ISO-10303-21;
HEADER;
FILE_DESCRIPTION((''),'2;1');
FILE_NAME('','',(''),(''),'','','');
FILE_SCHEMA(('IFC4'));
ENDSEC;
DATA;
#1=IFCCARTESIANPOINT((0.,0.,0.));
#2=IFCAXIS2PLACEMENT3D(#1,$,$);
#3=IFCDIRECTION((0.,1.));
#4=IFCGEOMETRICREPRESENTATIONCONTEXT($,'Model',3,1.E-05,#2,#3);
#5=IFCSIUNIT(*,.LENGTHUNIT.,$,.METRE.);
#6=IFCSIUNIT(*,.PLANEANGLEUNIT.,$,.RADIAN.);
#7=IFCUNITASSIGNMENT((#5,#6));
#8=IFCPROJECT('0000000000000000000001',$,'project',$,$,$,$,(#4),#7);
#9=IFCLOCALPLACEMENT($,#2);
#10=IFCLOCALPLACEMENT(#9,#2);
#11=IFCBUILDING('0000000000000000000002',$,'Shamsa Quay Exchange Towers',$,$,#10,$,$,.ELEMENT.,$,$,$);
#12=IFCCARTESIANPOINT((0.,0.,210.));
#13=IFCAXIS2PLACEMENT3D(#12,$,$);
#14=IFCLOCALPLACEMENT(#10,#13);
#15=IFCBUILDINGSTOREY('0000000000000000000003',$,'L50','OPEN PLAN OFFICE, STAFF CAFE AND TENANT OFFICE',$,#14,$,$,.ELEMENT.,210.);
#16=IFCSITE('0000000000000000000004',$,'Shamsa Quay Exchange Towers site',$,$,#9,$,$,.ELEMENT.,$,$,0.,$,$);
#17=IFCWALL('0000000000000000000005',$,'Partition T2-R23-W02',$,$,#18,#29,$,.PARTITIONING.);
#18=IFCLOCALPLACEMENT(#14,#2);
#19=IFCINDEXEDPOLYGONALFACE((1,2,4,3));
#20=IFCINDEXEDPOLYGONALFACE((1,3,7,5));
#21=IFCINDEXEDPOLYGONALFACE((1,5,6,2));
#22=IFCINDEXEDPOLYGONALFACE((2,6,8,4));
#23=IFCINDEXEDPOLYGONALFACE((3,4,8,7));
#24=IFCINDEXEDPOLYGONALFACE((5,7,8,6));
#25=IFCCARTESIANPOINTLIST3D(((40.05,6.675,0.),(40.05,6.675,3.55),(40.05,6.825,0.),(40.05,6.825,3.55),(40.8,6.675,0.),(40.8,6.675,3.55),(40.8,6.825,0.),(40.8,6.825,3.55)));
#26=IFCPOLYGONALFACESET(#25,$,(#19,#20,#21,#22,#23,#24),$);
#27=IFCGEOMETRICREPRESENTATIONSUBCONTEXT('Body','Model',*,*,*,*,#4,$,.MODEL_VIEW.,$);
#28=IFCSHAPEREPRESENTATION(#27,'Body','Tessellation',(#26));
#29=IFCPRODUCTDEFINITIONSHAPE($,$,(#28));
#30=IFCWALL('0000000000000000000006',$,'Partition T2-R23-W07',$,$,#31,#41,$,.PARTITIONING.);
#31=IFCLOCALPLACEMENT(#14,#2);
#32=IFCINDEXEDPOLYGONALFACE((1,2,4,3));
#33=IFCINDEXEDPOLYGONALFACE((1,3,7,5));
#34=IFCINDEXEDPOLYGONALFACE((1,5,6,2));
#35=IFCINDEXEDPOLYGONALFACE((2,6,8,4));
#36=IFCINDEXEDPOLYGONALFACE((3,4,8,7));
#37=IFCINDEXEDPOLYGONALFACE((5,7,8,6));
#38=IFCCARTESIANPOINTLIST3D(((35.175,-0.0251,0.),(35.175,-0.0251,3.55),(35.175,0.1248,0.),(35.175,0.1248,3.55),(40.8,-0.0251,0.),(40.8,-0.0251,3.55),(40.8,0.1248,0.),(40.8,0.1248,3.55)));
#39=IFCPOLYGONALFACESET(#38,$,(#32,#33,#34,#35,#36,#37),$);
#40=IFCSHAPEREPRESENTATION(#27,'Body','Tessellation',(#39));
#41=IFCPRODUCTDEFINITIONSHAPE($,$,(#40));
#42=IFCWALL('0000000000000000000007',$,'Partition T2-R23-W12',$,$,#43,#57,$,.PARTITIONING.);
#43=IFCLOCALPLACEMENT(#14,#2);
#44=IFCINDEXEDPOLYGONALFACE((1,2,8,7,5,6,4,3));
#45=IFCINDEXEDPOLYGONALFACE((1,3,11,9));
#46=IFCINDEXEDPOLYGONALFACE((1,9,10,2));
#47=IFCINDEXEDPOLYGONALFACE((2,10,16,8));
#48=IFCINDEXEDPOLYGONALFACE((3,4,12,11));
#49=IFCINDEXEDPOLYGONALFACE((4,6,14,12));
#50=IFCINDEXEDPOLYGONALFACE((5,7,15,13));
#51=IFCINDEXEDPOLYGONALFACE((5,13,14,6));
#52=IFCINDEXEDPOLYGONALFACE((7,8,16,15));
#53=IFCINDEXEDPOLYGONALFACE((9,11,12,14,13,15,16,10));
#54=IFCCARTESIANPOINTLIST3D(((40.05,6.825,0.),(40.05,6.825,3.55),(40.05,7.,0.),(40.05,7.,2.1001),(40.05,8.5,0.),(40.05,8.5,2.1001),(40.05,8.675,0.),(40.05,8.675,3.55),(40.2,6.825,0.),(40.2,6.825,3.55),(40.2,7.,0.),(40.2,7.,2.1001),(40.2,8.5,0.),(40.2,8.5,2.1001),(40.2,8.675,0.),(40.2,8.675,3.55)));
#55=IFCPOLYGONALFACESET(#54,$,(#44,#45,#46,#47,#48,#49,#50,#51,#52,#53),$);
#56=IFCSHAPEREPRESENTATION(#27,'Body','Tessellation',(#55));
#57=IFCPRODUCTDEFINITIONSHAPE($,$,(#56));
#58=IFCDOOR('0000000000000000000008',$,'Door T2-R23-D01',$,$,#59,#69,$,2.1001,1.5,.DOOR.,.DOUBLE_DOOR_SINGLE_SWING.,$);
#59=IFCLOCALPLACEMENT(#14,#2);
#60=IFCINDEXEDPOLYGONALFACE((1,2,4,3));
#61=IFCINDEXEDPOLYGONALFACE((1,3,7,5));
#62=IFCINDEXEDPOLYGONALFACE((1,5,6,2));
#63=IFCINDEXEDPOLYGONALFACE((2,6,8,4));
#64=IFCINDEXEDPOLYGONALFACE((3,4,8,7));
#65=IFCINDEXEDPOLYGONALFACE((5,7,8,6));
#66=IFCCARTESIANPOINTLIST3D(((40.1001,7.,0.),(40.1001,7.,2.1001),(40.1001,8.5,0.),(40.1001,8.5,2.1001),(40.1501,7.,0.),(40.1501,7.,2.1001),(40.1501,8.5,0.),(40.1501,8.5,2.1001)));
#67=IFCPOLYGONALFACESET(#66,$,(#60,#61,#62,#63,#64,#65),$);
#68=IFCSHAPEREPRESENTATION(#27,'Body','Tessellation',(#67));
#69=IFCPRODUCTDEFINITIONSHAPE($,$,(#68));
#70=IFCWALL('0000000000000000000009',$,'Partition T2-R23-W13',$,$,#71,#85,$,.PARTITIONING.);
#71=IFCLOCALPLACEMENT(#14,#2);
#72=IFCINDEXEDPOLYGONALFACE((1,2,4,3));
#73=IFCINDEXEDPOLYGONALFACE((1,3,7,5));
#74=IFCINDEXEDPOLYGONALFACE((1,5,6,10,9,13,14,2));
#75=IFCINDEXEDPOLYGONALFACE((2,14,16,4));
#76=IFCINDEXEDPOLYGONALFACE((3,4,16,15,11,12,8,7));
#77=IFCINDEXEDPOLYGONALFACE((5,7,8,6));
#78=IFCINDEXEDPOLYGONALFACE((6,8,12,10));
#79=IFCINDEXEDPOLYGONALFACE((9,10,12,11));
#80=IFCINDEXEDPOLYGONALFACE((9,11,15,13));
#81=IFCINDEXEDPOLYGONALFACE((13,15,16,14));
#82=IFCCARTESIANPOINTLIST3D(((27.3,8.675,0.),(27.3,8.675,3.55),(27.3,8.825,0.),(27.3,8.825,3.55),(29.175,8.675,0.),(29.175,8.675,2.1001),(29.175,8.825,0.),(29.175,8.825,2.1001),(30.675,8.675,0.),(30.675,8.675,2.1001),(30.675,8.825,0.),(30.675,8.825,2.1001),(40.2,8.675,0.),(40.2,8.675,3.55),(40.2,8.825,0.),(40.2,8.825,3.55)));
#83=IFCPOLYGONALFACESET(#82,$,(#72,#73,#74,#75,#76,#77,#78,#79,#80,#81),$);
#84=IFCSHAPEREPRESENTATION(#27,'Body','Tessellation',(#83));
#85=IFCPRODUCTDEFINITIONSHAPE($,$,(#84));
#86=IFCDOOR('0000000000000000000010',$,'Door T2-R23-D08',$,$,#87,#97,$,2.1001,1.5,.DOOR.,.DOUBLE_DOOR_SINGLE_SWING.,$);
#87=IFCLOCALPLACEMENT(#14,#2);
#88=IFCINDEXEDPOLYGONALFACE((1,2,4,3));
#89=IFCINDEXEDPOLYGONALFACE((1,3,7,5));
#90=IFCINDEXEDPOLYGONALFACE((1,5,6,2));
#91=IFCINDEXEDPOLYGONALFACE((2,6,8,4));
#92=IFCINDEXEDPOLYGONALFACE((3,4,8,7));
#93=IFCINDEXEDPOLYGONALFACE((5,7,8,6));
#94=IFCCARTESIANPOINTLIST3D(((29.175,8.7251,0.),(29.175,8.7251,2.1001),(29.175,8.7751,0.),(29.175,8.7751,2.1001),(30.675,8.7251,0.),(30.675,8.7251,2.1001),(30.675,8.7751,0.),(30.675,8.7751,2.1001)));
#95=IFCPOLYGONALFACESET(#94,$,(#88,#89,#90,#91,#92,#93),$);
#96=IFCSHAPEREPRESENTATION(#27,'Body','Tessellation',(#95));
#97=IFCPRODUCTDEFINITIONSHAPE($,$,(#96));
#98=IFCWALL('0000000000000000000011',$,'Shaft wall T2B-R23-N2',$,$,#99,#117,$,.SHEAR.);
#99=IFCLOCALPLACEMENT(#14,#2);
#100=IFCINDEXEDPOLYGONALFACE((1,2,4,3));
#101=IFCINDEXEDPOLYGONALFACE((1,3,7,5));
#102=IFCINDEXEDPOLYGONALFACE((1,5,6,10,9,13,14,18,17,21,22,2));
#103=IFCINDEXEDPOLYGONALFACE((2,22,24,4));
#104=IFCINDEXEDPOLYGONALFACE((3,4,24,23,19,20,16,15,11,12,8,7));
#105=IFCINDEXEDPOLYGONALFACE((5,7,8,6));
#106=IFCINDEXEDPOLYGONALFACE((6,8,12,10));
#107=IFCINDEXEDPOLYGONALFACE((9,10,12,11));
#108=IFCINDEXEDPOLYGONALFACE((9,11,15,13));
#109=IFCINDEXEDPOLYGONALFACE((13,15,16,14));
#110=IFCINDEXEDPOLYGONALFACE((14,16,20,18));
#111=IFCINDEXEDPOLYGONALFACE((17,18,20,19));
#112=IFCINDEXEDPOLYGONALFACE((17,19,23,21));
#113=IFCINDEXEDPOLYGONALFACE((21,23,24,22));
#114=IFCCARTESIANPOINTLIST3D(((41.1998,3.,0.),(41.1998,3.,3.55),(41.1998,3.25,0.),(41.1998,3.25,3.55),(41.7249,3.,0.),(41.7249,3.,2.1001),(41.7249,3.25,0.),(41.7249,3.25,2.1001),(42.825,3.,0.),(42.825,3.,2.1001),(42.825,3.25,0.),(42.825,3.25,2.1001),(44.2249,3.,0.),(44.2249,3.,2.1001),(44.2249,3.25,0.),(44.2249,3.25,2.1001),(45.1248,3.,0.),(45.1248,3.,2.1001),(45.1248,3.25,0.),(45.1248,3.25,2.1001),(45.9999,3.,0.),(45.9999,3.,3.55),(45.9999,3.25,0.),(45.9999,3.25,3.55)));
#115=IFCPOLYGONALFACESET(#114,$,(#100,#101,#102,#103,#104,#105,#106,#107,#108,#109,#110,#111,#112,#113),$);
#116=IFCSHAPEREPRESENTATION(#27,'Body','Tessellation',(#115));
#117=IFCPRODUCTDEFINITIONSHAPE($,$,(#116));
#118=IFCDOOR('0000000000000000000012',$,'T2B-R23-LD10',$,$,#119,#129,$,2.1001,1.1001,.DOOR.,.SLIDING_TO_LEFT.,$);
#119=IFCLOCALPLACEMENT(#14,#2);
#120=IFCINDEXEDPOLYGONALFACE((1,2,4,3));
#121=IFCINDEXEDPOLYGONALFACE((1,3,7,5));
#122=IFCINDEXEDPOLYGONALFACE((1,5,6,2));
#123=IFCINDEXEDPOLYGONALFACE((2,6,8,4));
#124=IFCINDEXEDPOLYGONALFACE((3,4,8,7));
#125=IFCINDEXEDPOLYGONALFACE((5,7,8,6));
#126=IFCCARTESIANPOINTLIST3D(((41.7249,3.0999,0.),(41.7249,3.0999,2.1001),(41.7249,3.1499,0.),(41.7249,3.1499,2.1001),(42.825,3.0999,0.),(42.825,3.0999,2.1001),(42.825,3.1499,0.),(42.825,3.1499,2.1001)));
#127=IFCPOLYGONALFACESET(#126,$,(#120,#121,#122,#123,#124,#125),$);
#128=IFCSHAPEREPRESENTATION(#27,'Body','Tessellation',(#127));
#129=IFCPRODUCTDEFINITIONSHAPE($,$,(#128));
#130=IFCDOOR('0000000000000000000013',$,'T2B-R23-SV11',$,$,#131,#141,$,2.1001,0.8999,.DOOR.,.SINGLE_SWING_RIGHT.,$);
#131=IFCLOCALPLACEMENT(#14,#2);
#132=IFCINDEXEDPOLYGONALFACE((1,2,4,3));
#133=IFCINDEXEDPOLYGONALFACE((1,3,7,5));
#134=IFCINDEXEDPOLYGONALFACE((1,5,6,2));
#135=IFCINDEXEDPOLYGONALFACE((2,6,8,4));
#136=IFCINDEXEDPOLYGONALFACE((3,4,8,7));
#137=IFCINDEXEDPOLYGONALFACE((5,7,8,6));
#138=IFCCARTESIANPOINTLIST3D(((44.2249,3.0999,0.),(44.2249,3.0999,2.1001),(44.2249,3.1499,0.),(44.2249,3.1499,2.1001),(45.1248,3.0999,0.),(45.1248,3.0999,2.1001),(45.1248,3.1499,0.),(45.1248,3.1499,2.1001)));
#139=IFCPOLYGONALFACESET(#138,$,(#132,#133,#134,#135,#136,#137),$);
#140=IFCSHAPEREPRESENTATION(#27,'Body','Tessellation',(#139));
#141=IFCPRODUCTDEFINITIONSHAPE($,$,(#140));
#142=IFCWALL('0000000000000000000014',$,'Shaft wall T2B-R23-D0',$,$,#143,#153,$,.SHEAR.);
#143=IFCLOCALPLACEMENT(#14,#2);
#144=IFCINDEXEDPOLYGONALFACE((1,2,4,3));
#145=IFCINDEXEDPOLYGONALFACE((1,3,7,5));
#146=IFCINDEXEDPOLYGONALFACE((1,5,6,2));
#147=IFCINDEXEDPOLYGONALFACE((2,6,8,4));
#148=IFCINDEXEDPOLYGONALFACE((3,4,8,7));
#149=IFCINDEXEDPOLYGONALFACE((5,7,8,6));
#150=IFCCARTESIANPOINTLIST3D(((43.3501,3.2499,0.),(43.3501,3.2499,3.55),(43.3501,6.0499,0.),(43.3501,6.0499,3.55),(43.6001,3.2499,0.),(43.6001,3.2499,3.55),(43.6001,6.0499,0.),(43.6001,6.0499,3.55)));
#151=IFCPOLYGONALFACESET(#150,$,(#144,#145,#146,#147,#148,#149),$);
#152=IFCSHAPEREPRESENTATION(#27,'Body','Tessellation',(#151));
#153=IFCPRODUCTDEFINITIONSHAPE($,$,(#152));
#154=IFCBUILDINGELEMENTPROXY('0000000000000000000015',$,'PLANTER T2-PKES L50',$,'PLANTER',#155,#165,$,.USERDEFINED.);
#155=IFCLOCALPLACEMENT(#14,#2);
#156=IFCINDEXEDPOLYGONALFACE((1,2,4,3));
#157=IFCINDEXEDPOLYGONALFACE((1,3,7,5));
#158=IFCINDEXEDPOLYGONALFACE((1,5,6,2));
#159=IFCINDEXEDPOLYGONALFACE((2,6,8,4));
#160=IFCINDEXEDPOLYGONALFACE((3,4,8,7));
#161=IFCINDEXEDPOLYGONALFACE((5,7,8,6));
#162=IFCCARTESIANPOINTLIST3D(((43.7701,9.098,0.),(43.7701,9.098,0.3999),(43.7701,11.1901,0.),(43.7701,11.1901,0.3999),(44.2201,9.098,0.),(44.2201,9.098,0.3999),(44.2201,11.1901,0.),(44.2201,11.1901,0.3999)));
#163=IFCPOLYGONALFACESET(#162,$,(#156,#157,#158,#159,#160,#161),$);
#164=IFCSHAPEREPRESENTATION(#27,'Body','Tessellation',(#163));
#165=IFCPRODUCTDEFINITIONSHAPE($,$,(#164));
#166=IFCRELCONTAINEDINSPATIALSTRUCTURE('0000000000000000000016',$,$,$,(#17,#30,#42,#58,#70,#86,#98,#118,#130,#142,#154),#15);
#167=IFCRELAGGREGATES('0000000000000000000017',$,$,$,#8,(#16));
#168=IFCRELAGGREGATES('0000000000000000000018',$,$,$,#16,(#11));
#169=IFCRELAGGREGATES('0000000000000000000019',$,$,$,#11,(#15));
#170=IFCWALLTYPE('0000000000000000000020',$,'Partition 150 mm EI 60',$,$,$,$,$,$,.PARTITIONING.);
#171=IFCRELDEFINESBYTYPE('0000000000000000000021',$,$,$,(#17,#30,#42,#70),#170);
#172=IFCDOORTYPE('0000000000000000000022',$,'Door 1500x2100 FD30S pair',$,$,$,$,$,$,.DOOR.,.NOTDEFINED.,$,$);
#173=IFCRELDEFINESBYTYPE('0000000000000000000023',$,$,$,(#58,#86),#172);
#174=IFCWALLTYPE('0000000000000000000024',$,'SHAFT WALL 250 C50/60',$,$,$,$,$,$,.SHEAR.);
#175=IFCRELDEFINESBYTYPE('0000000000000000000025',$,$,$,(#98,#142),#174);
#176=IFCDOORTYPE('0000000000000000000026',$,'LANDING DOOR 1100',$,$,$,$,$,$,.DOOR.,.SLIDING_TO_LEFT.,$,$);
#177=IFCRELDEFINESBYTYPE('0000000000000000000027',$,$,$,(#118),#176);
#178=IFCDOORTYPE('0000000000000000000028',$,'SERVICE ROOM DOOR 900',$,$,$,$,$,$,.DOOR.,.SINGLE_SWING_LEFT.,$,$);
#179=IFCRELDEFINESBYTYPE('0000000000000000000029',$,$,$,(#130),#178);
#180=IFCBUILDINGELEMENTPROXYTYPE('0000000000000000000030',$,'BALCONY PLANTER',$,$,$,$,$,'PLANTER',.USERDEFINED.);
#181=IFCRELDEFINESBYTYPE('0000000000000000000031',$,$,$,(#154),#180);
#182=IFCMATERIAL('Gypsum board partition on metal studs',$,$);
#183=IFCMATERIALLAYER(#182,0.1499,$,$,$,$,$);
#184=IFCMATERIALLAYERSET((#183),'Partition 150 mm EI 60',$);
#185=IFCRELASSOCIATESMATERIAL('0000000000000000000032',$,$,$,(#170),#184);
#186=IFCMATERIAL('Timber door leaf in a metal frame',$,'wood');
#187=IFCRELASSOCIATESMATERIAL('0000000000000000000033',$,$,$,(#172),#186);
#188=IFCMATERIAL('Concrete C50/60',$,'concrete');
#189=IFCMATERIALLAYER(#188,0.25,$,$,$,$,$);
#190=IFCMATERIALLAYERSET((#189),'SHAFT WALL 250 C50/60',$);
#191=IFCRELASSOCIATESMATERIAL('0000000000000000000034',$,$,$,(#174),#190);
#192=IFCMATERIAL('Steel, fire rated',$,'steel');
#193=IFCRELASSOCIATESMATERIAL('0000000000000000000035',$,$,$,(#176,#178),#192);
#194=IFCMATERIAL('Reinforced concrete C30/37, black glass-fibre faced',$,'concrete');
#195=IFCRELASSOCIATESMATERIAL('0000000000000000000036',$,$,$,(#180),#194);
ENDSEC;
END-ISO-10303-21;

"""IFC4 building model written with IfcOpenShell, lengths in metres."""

from ifc_helpers import new_model, si_unit, direction, frame, frame_2d, origin, origin_2d, place, context, subcontext, project, spatial, rectangle, extrude, material, layer, layer_set, type_object, element, fill, save


model = new_model("IFC4")

# Units and contexts
model_context = context("Model", 3, precision=1e-05, world=origin(), true_north=direction((0.0, 1.0)))
body_context = subcontext(model_context, "Body", "Model", "MODEL_VIEW")
ifc_project = project(units=[si_unit("LENGTHUNIT", "METRE"), si_unit("PLANEANGLEUNIT", "RADIAN")], contexts=[model_context])

# Site, building, storey
site_placement = place(None, origin())
site = spatial("IfcSite", under=ifc_project, at=site_placement, Name="Shamsa Quay Exchange Towers site", CompositionType="ELEMENT", RefElevation=0.0)
building_placement = place(site_placement, origin())
building = spatial("IfcBuilding", under=site, at=building_placement, Name="Shamsa Quay Exchange Towers", CompositionType="ELEMENT")
storey_placement = place(building_placement, frame((0.0, 0.0, 210.0)))
storey = spatial("IfcBuildingStorey", under=building, at=storey_placement, Name="L50", Description="OPEN PLAN OFFICE, STAFF CAFE AND TENANT OFFICE", CompositionType="ELEMENT", Elevation=210.0)

# Shared definitions
ifc_material_1 = material(Name="Gypsum board partition on metal studs")
ifc_material_2 = material(Name="Timber door leaf in a metal frame", Category="wood")

# Walls
ifc_layer_1 = layer(ifc_material_1, 0.1499)
ifc_layer_set_1 = layer_set([ifc_layer_1], Name="Partition 150 mm EI 60")
wall_type_1 = type_object("IfcWallType", Name="Partition 150 mm EI 60", PredefinedType="PARTITIONING", material=ifc_layer_set_1)
wall_1_placement = place(storey_placement, frame((40.8, 6.75, 0.0), z_axis=(0.0, 0.0, 1.0), x_axis=(-1.0, 0.0, 0.0)))
element("IfcWall", 1, at=wall_1_placement, inside=storey, type_object=wall_type_1, Name="Partition T2-R23-W02", PredefinedType="PARTITIONING", context=body_context, shape_type="SweptSolid", body=[
    extrude(rectangle(XDim=0.75, YDim=0.1499, at=frame_2d((0.375, 0.0))), origin(), (0.0, 0.0, 1.0), 3.55),
])
wall_2_placement = place(storey_placement, frame((40.8, 0.0498, 0.0), z_axis=(0.0, 0.0, 1.0), x_axis=(-1.0, 0.0, 0.0)))
element("IfcWall", 2, at=wall_2_placement, inside=storey, type_object=wall_type_1, Name="Partition T2-R23-W07", PredefinedType="PARTITIONING", context=body_context, shape_type="SweptSolid", body=[
    extrude(rectangle(XDim=5.625, YDim=0.1499, at=frame_2d((2.8125, 0.0))), origin(), (0.0, 0.0, 1.0), 3.55),
])

# Walls, openings, doors
wall_3_placement = place(storey_placement, frame((40.125, 6.825, 0.0), z_axis=(0.0, 0.0, 1.0), x_axis=(0.0, 1.0, 0.0)))
wall_3 = element("IfcWall", 3, at=wall_3_placement, inside=storey, type_object=wall_type_1, Name="Partition T2-R23-W12", PredefinedType="PARTITIONING", context=body_context, shape_type="SweptSolid", body=[
    extrude(rectangle(XDim=1.8501, YDim=0.1499, at=frame_2d((0.925, 0.0))), origin(), (0.0, 0.0, 1.0), 3.55),
])
opening_1_placement = place(wall_3_placement, frame((0.175, 0.0, 0.0)))
opening_1 = element("IfcOpeningElement", 4, at=opening_1_placement, cuts=wall_3, PredefinedType="OPENING", context=body_context, shape_type="SweptSolid", body=[
    extrude(rectangle(XDim=1.5, YDim=2.1001, at=frame_2d((0.75, 1.05))), frame((0.0, 0.085, 0.0), z_axis=(0.0, -1.0, 0.0), x_axis=(1.0, 0.0, 0.0)), (0.0, 0.0, 1.0), 0.1699),
])
door_type_1 = type_object("IfcDoorType", Name="Door 1500x2100 FD30S pair", OperationType="NOTDEFINED", PredefinedType="DOOR", material=ifc_material_2)
door_1_placement = place(opening_1_placement, origin())
door_1 = element("IfcDoor", 5, at=door_1_placement, inside=storey, type_object=door_type_1, Name="Door T2-R23-D01", OperationType="DOUBLE_DOOR_SINGLE_SWING", OverallHeight=2.1001, OverallWidth=1.5, PredefinedType="DOOR", context=body_context, shape_type="SweptSolid", body=[
    extrude(rectangle(XDim=1.5, YDim=2.1001, at=frame_2d((0.75, 1.05))), frame((0.0, 0.0249, 0.0), z_axis=(0.0, -1.0, 0.0), x_axis=(1.0, 0.0, 0.0)), (0.0, 0.0, 1.0), 0.05),
])
fill(opening_1, door_1)
wall_4_placement = place(storey_placement, frame((40.2, 8.75, 0.0), z_axis=(0.0, 0.0, 1.0), x_axis=(-1.0, 0.0, 0.0)))
wall_4 = element("IfcWall", 6, at=wall_4_placement, inside=storey, type_object=wall_type_1, Name="Partition T2-R23-W13", PredefinedType="PARTITIONING", context=body_context, shape_type="SweptSolid", body=[
    extrude(rectangle(XDim=12.8999, YDim=0.1499, at=frame_2d((6.45, 0.0))), origin(), (0.0, 0.0, 1.0), 3.55),
])
opening_2_placement = place(wall_4_placement, frame((9.5249, 0.0, 0.0)))
opening_2 = element("IfcOpeningElement", 7, at=opening_2_placement, cuts=wall_4, PredefinedType="OPENING", context=body_context, shape_type="SweptSolid", body=[
    extrude(rectangle(XDim=1.5, YDim=2.1001, at=frame_2d((0.75, 1.05))), frame((0.0, 0.085, 0.0), z_axis=(0.0, -1.0, 0.0), x_axis=(1.0, 0.0, 0.0)), (0.0, 0.0, 1.0), 0.1699),
])
door_2_placement = place(opening_2_placement, origin())
door_2 = element("IfcDoor", 8, at=door_2_placement, inside=storey, type_object=door_type_1, Name="Door T2-R23-D08", OperationType="DOUBLE_DOOR_SINGLE_SWING", OverallHeight=2.1001, OverallWidth=1.5, PredefinedType="DOOR", context=body_context, shape_type="SweptSolid", body=[
    extrude(rectangle(XDim=1.5, YDim=2.1001, at=frame_2d((0.75, 1.05))), frame((0.0, 0.0249, 0.0), z_axis=(0.0, -1.0, 0.0), x_axis=(1.0, 0.0, 0.0)), (0.0, 0.0, 1.0), 0.05),
])
fill(opening_2, door_2)

# Wall, openings, doors
ifc_material_3 = material(Name="Concrete C50/60", Category="concrete")
ifc_layer_2 = layer(ifc_material_3, 0.25)
ifc_layer_set_2 = layer_set([ifc_layer_2], Name="SHAFT WALL 250 C50/60")
wall_type_2 = type_object("IfcWallType", Name="SHAFT WALL 250 C50/60", PredefinedType="SHEAR", material=ifc_layer_set_2)
wall_5_placement = place(storey_placement, frame((41.2, 3.125, 0.0)))
wall_5 = element("IfcWall", 9, at=wall_5_placement, inside=storey, type_object=wall_type_2, Name="Shaft wall T2B-R23-N2", PredefinedType="SHEAR", context=body_context, shape_type="SweptSolid", body=[
    extrude(rectangle(XDim=4.8, YDim=0.25, at=frame_2d((2.3999, 0.0))), origin(), (0.0, 0.0, 1.0), 3.55),
])
opening_3_placement = place(wall_5_placement, frame((0.5249, 0.0, 0.0)))
opening_3 = element("IfcOpeningElement", 10, at=opening_3_placement, cuts=wall_5, PredefinedType="OPENING", context=body_context, shape_type="SweptSolid", body=[
    extrude(rectangle(XDim=1.1001, YDim=2.1001, at=frame_2d((0.55, 1.05))), frame((0.0, 0.135, 0.0), z_axis=(0.0, -1.0, 0.0), x_axis=(1.0, 0.0, 0.0)), (0.0, 0.0, 1.0), 0.27),
])
opening_4_placement = place(wall_5_placement, frame((3.0249, 0.0, 0.0)))
opening_4 = element("IfcOpeningElement", 11, at=opening_4_placement, cuts=wall_5, PredefinedType="OPENING", context=body_context, shape_type="SweptSolid", body=[
    extrude(rectangle(XDim=0.8999, YDim=2.1001, at=frame_2d((0.45, 1.05))), frame((0.0, 0.135, 0.0), z_axis=(0.0, -1.0, 0.0), x_axis=(1.0, 0.0, 0.0)), (0.0, 0.0, 1.0), 0.27),
])
ifc_material_4 = material(Name="Steel, fire rated", Category="steel")
door_type_2 = type_object("IfcDoorType", Name="LANDING DOOR 1100", OperationType="SLIDING_TO_LEFT", PredefinedType="DOOR", material=ifc_material_4)
door_3_placement = place(opening_3_placement, origin())
door_3 = element("IfcDoor", 12, at=door_3_placement, inside=storey, type_object=door_type_2, Name="T2B-R23-LD10", OperationType="SLIDING_TO_LEFT", OverallHeight=2.1001, OverallWidth=1.1001, PredefinedType="DOOR", context=body_context, shape_type="SweptSolid", body=[
    extrude(rectangle(XDim=1.1001, YDim=2.1001, at=frame_2d((0.55, 1.05))), frame((0.0, 0.0249, 0.0), z_axis=(0.0, -1.0, 0.0), x_axis=(1.0, 0.0, 0.0)), (0.0, 0.0, 1.0), 0.05),
])
fill(opening_3, door_3)
door_type_3 = type_object("IfcDoorType", Name="SERVICE ROOM DOOR 900", OperationType="SINGLE_SWING_LEFT", PredefinedType="DOOR", material=ifc_material_4)
door_4_placement = place(opening_4_placement, origin())
door_4 = element("IfcDoor", 13, at=door_4_placement, inside=storey, type_object=door_type_3, Name="T2B-R23-SV11", OperationType="SINGLE_SWING_RIGHT", OverallHeight=2.1001, OverallWidth=0.8999, PredefinedType="DOOR", context=body_context, shape_type="SweptSolid", body=[
    extrude(rectangle(XDim=0.8999, YDim=2.1001, at=frame_2d((0.45, 1.05))), frame((0.0, 0.0249, 0.0), z_axis=(0.0, -1.0, 0.0), x_axis=(1.0, 0.0, 0.0)), (0.0, 0.0, 1.0), 0.05),
])
fill(opening_4, door_4)

# Wall
wall_6_placement = place(storey_placement, frame((43.4751, 3.25, 0.0), z_axis=(0.0, 0.0, 1.0), x_axis=(0.0, 1.0, 0.0)))
element("IfcWall", 14, at=wall_6_placement, inside=storey, type_object=wall_type_2, Name="Shaft wall T2B-R23-D0", PredefinedType="SHEAR", context=body_context, shape_type="SweptSolid", body=[
    extrude(rectangle(XDim=2.8, YDim=0.25, at=frame_2d((1.3999, 0.0))), origin(), (0.0, 0.0, 1.0), 3.55),
])

# Building element proxy
ifc_material_5 = material(Name="Reinforced concrete C30/37, black glass-fibre faced", Category="concrete")
building_element_proxy_type = type_object("IfcBuildingElementProxyType", Name="BALCONY PLANTER", ElementType="PLANTER", PredefinedType="USERDEFINED", material=ifc_material_5)
proxy_placement = place(storey_placement, frame((43.9951, 10.144, 0.0), z_axis=(0.0, 0.0, 1.0), x_axis=(0.0, 1.0, 0.0)))
element("IfcBuildingElementProxy", 15, at=proxy_placement, inside=storey, type_object=building_element_proxy_type, Name="PLANTER T2-PKES L50", ObjectType="PLANTER", PredefinedType="USERDEFINED", context=body_context, shape_type="SweptSolid", body=[
    extrude(rectangle(XDim=2.092, YDim=0.45, at=origin_2d()), origin(), (0.0, 0.0, 1.0), 0.3999),
])

save(model, "model.ifc")
